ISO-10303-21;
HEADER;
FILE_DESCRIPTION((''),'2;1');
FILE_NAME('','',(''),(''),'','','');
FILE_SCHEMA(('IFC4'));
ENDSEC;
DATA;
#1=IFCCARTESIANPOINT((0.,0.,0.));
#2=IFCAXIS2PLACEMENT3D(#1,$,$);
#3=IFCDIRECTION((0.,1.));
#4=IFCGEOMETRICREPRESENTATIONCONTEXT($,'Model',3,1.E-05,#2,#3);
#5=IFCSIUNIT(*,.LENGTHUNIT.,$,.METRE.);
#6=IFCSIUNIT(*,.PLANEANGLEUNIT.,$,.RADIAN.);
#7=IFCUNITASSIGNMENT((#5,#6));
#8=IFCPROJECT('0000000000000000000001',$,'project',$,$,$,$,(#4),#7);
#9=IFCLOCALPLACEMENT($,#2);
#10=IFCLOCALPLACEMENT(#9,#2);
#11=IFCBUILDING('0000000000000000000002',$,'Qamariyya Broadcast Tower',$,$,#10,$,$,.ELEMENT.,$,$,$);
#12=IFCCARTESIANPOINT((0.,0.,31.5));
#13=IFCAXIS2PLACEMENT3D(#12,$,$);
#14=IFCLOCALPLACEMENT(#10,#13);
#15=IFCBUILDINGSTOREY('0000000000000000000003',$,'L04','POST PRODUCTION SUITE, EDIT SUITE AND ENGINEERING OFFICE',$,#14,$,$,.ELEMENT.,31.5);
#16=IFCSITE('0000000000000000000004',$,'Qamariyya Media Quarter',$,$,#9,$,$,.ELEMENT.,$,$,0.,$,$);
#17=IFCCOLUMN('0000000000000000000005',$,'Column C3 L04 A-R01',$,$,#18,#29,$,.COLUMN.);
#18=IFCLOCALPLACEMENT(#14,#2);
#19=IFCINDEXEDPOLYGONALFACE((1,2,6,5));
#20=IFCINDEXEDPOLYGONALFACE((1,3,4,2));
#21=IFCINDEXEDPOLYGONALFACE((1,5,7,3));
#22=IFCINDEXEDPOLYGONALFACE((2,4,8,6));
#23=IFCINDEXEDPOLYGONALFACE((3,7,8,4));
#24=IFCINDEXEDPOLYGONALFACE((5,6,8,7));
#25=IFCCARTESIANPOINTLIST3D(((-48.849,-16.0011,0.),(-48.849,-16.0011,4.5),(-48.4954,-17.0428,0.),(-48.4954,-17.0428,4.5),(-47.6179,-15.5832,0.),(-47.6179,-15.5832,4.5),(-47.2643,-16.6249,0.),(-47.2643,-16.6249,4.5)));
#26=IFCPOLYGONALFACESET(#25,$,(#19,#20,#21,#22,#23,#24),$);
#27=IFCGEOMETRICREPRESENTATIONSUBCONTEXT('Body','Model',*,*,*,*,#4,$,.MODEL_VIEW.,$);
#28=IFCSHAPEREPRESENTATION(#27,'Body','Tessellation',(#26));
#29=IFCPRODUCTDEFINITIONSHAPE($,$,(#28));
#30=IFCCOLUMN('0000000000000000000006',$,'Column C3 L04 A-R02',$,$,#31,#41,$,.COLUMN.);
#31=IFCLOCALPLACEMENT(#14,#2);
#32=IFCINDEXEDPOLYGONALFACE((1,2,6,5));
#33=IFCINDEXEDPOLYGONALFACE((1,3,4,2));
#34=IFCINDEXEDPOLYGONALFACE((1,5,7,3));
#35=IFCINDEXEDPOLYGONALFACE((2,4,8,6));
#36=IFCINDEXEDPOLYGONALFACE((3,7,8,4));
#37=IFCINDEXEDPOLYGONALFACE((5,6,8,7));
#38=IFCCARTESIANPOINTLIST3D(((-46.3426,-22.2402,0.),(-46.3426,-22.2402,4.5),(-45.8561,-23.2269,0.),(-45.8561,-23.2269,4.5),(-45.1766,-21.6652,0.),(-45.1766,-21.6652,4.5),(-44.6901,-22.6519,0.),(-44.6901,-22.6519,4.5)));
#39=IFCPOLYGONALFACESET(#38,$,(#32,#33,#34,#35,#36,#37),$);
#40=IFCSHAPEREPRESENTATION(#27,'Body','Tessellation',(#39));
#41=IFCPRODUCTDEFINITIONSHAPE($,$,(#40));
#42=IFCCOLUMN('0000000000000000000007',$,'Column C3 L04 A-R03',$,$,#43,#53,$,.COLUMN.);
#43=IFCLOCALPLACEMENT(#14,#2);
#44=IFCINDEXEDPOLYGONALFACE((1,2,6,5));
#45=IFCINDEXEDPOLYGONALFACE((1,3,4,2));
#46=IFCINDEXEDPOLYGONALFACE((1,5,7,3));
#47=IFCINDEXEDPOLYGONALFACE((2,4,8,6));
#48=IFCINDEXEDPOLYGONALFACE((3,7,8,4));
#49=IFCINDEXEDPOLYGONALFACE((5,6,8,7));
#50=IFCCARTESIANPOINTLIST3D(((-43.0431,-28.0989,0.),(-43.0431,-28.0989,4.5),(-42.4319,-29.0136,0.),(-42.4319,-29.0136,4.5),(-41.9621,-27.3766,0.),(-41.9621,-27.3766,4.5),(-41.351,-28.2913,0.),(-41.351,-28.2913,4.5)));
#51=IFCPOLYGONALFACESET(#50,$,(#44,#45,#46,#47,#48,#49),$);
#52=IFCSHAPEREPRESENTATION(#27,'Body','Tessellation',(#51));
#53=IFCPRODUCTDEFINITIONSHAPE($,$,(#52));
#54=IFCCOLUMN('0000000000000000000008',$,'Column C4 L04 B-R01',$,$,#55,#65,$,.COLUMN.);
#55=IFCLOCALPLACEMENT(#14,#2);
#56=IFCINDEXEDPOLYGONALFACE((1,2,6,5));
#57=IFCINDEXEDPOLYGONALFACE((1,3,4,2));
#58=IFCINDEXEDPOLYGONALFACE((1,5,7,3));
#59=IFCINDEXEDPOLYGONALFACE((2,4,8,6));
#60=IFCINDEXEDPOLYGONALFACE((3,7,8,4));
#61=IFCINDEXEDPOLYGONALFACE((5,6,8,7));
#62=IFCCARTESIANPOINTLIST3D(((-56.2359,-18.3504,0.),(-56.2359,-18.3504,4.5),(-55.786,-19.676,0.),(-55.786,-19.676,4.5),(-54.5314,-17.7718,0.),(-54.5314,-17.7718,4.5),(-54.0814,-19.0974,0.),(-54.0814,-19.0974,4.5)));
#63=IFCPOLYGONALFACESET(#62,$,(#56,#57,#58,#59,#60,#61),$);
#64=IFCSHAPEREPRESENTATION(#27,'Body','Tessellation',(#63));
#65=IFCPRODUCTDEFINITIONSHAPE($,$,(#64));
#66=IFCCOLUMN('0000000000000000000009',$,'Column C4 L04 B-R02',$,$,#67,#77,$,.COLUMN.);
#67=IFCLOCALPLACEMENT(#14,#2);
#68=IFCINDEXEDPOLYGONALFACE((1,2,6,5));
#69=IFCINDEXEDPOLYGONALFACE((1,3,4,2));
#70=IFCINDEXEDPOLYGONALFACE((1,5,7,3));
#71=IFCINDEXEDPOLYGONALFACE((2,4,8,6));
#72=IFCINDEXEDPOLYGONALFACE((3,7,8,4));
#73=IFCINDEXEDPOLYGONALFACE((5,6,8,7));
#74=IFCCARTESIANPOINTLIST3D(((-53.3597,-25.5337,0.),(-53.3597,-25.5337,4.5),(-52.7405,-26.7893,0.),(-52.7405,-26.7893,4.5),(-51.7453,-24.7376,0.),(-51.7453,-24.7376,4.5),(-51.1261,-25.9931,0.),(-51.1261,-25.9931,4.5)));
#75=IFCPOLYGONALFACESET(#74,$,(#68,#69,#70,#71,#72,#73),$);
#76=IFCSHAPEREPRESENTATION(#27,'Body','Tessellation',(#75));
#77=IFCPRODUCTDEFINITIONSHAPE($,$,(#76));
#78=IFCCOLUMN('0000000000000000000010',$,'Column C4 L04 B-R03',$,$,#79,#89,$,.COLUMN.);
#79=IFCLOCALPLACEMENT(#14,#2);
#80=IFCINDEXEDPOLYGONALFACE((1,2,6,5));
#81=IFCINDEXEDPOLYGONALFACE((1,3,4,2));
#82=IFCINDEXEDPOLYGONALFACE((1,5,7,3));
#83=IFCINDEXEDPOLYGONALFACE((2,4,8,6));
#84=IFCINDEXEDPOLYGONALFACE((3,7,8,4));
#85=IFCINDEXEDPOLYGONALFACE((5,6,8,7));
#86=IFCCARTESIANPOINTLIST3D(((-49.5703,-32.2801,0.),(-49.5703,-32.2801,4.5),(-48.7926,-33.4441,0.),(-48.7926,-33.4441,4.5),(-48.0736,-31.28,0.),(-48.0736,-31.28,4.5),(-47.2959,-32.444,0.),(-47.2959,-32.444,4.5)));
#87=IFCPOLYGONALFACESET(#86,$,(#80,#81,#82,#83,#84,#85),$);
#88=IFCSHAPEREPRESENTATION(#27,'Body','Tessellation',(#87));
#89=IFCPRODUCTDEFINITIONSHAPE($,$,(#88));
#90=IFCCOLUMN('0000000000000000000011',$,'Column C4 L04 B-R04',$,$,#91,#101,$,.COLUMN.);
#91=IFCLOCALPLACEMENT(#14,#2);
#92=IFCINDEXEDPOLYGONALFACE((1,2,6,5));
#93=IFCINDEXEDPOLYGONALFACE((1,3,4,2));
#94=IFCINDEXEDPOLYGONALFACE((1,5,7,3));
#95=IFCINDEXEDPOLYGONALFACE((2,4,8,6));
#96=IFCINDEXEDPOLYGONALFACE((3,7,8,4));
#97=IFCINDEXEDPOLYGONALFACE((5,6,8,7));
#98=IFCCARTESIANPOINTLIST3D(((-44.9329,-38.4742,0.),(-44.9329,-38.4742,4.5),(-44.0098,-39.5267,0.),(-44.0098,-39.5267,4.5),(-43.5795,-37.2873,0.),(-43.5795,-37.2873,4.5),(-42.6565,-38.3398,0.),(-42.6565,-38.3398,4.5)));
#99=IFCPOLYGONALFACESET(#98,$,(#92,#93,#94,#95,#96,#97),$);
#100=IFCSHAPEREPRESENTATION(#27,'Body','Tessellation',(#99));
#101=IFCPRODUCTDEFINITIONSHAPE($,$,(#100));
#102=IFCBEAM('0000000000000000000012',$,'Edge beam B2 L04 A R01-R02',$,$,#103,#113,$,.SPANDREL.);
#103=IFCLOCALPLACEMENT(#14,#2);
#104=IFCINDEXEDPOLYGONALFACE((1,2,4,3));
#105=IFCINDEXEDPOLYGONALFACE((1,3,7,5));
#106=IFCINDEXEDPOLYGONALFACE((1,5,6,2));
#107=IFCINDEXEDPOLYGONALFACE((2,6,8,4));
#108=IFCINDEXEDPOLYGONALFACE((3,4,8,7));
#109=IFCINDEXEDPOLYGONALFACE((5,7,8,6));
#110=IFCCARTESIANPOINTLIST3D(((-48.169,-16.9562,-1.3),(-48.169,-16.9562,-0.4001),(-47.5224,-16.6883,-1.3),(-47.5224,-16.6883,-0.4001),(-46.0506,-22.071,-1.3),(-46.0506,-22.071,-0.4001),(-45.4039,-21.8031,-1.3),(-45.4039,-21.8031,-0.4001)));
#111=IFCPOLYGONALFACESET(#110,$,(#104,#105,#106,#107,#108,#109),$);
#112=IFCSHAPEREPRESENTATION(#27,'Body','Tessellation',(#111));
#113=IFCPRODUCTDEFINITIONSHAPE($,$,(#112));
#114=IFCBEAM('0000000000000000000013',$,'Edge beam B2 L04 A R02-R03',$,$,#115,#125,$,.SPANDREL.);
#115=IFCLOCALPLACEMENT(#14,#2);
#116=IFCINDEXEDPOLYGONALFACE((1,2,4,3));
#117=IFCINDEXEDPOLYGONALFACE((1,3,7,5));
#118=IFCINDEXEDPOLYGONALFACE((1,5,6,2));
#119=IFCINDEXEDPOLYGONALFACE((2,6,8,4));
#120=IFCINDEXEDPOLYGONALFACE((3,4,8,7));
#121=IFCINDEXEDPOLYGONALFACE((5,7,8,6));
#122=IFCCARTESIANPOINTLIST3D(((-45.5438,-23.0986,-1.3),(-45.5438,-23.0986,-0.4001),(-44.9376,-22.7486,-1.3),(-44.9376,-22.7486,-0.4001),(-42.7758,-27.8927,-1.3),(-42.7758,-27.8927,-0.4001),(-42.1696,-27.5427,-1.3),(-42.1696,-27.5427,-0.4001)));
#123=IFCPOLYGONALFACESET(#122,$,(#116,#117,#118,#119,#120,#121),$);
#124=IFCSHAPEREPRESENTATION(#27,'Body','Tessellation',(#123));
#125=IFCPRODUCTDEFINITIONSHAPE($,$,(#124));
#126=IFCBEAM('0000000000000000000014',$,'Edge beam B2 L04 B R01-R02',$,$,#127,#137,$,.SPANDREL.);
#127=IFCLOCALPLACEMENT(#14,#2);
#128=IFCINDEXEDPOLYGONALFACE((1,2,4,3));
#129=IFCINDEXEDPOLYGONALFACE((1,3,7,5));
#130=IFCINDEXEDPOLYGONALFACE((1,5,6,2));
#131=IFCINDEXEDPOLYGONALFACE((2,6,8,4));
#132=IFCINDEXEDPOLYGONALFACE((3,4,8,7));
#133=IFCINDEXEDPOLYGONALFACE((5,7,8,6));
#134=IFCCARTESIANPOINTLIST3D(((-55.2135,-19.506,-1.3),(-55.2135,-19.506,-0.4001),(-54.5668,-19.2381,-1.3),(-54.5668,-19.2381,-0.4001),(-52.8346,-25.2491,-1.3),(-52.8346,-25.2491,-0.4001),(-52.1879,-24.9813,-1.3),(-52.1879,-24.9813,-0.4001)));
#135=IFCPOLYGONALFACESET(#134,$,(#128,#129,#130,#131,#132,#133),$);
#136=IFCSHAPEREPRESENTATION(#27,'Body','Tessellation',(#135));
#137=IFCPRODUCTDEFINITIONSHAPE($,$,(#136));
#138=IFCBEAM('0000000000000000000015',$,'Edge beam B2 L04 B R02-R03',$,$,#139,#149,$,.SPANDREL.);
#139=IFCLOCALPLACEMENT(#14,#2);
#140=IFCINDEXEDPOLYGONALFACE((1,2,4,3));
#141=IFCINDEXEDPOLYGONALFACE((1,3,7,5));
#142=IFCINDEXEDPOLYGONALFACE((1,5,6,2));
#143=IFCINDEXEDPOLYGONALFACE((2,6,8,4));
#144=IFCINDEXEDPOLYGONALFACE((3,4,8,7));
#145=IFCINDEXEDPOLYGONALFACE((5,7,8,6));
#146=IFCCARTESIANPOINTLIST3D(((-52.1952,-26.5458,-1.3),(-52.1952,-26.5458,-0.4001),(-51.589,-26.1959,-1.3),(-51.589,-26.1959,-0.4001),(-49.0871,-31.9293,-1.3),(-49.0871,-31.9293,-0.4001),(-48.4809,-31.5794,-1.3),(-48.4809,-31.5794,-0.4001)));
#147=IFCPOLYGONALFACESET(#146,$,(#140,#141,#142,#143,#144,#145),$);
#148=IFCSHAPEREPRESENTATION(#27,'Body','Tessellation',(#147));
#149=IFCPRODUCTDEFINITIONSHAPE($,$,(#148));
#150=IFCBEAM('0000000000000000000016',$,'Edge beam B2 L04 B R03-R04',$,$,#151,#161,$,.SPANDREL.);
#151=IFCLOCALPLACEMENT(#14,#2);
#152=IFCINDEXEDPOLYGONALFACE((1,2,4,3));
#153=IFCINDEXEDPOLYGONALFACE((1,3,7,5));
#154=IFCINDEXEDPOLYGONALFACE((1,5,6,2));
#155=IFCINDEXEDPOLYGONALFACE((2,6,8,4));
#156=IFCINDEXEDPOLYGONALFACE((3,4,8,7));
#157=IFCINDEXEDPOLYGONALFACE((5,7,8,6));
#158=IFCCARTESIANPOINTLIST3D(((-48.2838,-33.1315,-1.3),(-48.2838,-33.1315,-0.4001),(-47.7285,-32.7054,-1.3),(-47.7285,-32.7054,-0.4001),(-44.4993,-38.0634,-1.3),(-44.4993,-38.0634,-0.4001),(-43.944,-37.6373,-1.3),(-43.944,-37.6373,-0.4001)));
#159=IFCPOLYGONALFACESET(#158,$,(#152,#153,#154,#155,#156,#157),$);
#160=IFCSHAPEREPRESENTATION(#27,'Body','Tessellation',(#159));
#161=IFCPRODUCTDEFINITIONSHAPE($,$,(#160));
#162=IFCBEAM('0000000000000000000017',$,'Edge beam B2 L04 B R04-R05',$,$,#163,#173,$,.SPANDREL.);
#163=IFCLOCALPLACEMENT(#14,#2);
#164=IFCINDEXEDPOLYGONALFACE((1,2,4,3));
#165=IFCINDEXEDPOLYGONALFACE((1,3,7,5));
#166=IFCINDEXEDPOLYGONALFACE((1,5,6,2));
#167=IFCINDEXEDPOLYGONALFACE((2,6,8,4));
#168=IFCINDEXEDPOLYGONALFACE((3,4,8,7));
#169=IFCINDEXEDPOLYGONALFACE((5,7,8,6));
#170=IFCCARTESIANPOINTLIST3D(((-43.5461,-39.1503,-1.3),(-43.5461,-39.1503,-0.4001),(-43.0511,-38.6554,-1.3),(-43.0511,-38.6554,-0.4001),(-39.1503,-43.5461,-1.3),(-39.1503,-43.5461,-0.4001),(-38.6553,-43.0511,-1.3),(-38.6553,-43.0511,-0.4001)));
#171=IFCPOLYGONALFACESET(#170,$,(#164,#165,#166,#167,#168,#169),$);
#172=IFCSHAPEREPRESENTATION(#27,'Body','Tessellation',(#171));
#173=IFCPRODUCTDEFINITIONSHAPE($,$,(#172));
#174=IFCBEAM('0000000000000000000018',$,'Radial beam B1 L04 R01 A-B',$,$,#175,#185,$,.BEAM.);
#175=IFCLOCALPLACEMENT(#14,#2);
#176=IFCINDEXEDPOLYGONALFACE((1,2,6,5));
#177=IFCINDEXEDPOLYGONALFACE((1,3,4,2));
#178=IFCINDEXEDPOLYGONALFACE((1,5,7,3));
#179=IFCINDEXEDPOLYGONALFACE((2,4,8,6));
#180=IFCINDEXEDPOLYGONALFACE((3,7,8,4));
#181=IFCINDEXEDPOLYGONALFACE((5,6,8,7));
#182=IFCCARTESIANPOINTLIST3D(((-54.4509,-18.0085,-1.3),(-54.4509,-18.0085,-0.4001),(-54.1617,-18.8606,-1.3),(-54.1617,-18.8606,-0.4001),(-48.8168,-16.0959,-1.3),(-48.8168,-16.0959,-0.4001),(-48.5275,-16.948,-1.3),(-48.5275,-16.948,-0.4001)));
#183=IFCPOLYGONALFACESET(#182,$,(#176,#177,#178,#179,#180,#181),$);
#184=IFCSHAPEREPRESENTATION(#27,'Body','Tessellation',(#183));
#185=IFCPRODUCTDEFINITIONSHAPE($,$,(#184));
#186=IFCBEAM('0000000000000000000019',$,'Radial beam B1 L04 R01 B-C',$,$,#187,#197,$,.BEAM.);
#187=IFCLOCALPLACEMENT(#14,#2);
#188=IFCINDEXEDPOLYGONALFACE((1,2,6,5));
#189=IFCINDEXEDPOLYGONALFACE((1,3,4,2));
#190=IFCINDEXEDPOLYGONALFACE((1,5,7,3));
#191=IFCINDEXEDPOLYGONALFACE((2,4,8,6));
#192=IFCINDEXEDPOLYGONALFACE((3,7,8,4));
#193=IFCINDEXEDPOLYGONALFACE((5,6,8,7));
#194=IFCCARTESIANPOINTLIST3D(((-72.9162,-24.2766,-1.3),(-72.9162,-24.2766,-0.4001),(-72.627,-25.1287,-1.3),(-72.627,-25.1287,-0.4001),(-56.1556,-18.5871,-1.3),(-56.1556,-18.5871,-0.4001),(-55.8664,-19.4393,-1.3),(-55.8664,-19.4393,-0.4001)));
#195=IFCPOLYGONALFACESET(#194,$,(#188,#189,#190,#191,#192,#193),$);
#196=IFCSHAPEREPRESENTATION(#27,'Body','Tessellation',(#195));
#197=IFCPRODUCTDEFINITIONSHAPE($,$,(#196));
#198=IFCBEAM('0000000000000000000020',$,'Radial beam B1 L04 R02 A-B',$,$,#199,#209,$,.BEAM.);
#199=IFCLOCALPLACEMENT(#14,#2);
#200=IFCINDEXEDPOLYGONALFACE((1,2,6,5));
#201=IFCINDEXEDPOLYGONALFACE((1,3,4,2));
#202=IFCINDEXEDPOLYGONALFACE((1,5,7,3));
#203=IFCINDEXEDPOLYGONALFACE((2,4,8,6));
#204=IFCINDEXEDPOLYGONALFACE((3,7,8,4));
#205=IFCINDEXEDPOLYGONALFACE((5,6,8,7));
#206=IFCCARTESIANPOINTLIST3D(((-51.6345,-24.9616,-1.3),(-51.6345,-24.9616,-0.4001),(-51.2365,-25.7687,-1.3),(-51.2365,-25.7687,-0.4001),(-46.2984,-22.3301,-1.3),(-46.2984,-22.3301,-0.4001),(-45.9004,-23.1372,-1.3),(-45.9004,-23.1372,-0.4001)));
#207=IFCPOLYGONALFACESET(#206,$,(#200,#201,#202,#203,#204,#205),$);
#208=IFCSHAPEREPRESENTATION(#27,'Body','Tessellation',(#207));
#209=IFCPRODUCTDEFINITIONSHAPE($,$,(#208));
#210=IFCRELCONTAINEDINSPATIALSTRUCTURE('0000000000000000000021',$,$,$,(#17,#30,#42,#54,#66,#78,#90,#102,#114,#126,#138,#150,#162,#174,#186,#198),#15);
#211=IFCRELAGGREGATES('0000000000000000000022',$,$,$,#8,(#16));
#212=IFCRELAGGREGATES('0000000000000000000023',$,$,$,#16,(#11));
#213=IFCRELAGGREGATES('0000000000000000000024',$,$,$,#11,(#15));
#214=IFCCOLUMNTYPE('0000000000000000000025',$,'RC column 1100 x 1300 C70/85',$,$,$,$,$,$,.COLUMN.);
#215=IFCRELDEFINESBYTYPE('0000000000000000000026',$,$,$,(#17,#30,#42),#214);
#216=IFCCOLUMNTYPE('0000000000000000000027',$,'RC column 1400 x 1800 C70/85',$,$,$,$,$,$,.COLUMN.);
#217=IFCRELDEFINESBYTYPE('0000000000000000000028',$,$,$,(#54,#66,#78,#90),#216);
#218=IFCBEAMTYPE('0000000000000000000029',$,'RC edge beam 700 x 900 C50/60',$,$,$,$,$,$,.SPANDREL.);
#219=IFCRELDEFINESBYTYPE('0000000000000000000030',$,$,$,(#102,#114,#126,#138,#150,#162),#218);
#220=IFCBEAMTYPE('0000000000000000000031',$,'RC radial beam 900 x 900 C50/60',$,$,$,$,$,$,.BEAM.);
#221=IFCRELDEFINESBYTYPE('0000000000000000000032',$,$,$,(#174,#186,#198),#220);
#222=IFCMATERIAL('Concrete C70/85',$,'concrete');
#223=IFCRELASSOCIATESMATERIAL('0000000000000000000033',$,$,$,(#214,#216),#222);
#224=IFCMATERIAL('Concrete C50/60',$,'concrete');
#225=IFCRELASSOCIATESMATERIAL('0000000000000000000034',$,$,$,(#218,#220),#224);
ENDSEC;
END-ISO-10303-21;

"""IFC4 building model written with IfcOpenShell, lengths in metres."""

from ifc_helpers import new_model, si_unit, direction, frame, origin, origin_2d, place, context, subcontext, project, spatial, rectangle, extrude, material, material_profile, profile_set, type_object, element, save


model = new_model("IFC4")

# Units and contexts
model_context = context("Model", 3, precision=1e-05, world=origin(), true_north=direction((0.0, 1.0)))
body_context = subcontext(model_context, "Body", "Model", "MODEL_VIEW")
ifc_project = project(units=[si_unit("LENGTHUNIT", "METRE"), si_unit("PLANEANGLEUNIT", "RADIAN")], contexts=[model_context])

# Site, building, storey
site_placement = place(None, origin())
site = spatial("IfcSite", under=ifc_project, at=site_placement, Name="Qamariyya Media Quarter", CompositionType="ELEMENT", RefElevation=0.0)
building_placement = place(site_placement, origin())
building = spatial("IfcBuilding", under=site, at=building_placement, Name="Qamariyya Broadcast Tower", CompositionType="ELEMENT")
storey_placement = place(building_placement, frame((0.0, 0.0, 31.5)))
storey = spatial("IfcBuildingStorey", under=building, at=storey_placement, Name="L04", Description="POST PRODUCTION SUITE, EDIT SUITE AND ENGINEERING OFFICE", CompositionType="ELEMENT", Elevation=31.5)

# Columns
ifc_material_1 = material(Name="Concrete C70/85", Category="concrete")
ifc_material_profile_1 = material_profile(ifc_material_1, rectangle(XDim=1.1001, YDim=1.3, at=origin_2d()))
ifc_profile_set_1 = profile_set([ifc_material_profile_1], Name="Concrete C70/85")
column_type_1 = type_object("IfcColumnType", Name="RC column 1100 x 1300 C70/85", PredefinedType="COLUMN", material=ifc_profile_set_1)
for number, where, z_axis, x_axis, name in (
    (1, (-48.0566, -16.313, 0.0), (0.0, 0.0, 1.0), (0.321439, -0.94693, 0.0), "Column C3 L04 A-R01"),
    (2, (-45.5164, -22.446, 0.0), (0.0, 0.0, 1.0), (0.442289, -0.896873, 0.0), "Column C3 L04 A-R02"),
    (3, (-42.197, -28.1951, 0.0), (0.0, 0.0, 1.0), (0.55557, -0.83147, 0.0), "Column C3 L04 A-R03"),
):
    element("IfcColumn", number, at=place(storey_placement, frame(where, z_axis=z_axis, x_axis=x_axis)), inside=storey, type_object=column_type_1, Name=name, PredefinedType="COLUMN", context=body_context, shape_type="SweptSolid", body=[
        extrude(rectangle(XDim=1.1001, YDim=1.3, at=origin_2d()), origin(), (0.0, 0.0, 1.0), 4.5),
    ])
ifc_material_profile_2 = material_profile(ifc_material_1, rectangle(XDim=1.3999, YDim=1.8, at=origin_2d()))
ifc_profile_set_2 = profile_set([ifc_material_profile_2], Name="Concrete C70/85")
column_type_2 = type_object("IfcColumnType", Name="RC column 1400 x 1800 C70/85", PredefinedType="COLUMN", material=ifc_profile_set_2)
for number, where, z_axis, x_axis, name in (
    (4, (-55.1587, -18.7239, 0.0), (0.0, 0.0, 1.0), (0.321439, -0.94693, 0.0), "Column C4 L04 B-R01"),
    (5, (-52.2429, -25.7634, 0.0), (0.0, 0.0, 1.0), (0.442289, -0.896873, 0.0), "Column C4 L04 B-R02"),
    (6, (-48.4331, -32.3621, 0.0), (0.0, 0.0, 1.0), (0.55557, -0.83147, 0.0), "Column C4 L04 B-R03"),
    (7, (-43.7947, -38.407, 0.0), (0.0, 0.0, 1.0), (0.659346, -0.75184, 0.0), "Column C4 L04 B-R04"),
):
    element("IfcColumn", number, at=place(storey_placement, frame(where, z_axis=z_axis, x_axis=x_axis)), inside=storey, type_object=column_type_2, Name=name, PredefinedType="COLUMN", context=body_context, shape_type="SweptSolid", body=[
        extrude(rectangle(XDim=1.3999, YDim=1.8, at=origin_2d()), origin(), (0.0, 0.0, 1.0), 4.5),
    ])

# Beams
ifc_material_2 = material(Name="Concrete C50/60", Category="concrete")
ifc_material_profile_3 = material_profile(ifc_material_2, rectangle(XDim=0.7, YDim=0.8999, at=origin_2d()))
ifc_profile_set_3 = profile_set([ifc_material_profile_3], Name="Concrete C50/60")
beam_type_1 = type_object("IfcBeamType", Name="RC edge beam 700 x 900 C50/60", PredefinedType="SPANDREL", material=ifc_profile_set_3)
beam_1_placement = place(storey_placement, frame((-47.8457, -16.8223, -0.8501), z_axis=(0.382654, -0.923892, 0.0), x_axis=(0.923892, 0.382654, 0.0)))
element("IfcBeam", 8, at=beam_1_placement, inside=storey, type_object=beam_type_1, Name="Edge beam B2 L04 A R01-R02", PredefinedType="SPANDREL", context=body_context, shape_type="SweptSolid", body=[
    extrude(rectangle(XDim=0.7, YDim=0.8999, at=origin_2d()), origin(), (0.0, 0.0, 1.0), 5.5361),
])
beam_2_placement = place(storey_placement, frame((-45.2407, -22.9236, -0.8501), z_axis=(0.500019, -0.866014, 0.0), x_axis=(0.866014, 0.500019, 0.0)))
element("IfcBeam", 9, at=beam_2_placement, inside=storey, type_object=beam_type_1, Name="Edge beam B2 L04 A R02-R03", PredefinedType="SPANDREL", context=body_context, shape_type="SweptSolid", body=[
    extrude(rectangle(XDim=0.7, YDim=0.8999, at=origin_2d()), origin(), (0.0, 0.0, 1.0), 5.5359),
])
for number, where, z_axis, x_axis, name in (
    (10, (-54.8901, -19.3721, -0.8501), (0.382685, -0.923879, 0.0), (0.923879, 0.382685, 0.0), "Edge beam B2 L04 B R01-R02"),
    (11, (-51.8921, -26.3708, -0.8501), (0.499996, -0.866028, 0.0), (0.866028, 0.499996, 0.0), "Edge beam B2 L04 B R02-R03"),
):
    element("IfcBeam", number, at=place(storey_placement, frame(where, z_axis=z_axis, x_axis=x_axis)), inside=storey, type_object=beam_type_1, Name=name, PredefinedType="SPANDREL", context=body_context, shape_type="SweptSolid", body=[
        extrude(rectangle(XDim=0.7, YDim=0.8999, at=origin_2d()), origin(), (0.0, 0.0, 1.0), 6.2163),
    ])
for number, where, z_axis, x_axis, name in (
    (12, (-48.0061, -32.9185, -0.8501), (0.608767, -0.793349, 0.0), (0.793349, 0.608767, 0.0), "Edge beam B2 L04 B R03-R04"),
    (13, (-43.2986, -38.9028, -0.8501), (0.707107, -0.707107, 0.0), (0.707107, 0.707107, 0.0), "Edge beam B2 L04 B R04-R05"),
):
    element("IfcBeam", number, at=place(storey_placement, frame(where, z_axis=z_axis, x_axis=x_axis)), inside=storey, type_object=beam_type_1, Name=name, PredefinedType="SPANDREL", context=body_context, shape_type="SweptSolid", body=[
        extrude(rectangle(XDim=0.7, YDim=0.8999, at=origin_2d()), origin(), (0.0, 0.0, 1.0), 6.2166),
    ])
ifc_material_profile_4 = material_profile(ifc_material_2, rectangle(XDim=0.8999, YDim=0.8999, at=origin_2d()))
ifc_profile_set_4 = profile_set([ifc_material_profile_4], Name="Concrete C50/60")
beam_type_2 = type_object("IfcBeamType", Name="RC radial beam 900 x 900 C50/60", PredefinedType="BEAM", material=ifc_profile_set_4)
beam_3_placement = place(storey_placement, frame((-48.6721, -16.522, -0.8501), z_axis=(-0.946929, -0.321442, 0.0), x_axis=(0.321442, -0.946929, 0.0)))
element("IfcBeam", 14, at=beam_3_placement, inside=storey, type_object=beam_type_2, Name="Radial beam B1 L04 R01 A-B", PredefinedType="BEAM", context=body_context, shape_type="SweptSolid", body=[
    extrude(rectangle(XDim=0.8999, YDim=0.8999, at=origin_2d()), origin(), (0.0, 0.0, 1.0), 5.95),
])
beam_4_placement = place(storey_placement, frame((-56.011, -19.0132, -0.8501), z_axis=(-0.94693, -0.321441, 0.0), x_axis=(0.321441, -0.94693, 0.0)))
element("IfcBeam", 15, at=beam_4_placement, inside=storey, type_object=beam_type_2, Name="Radial beam B1 L04 R01 B-C", PredefinedType="BEAM", context=body_context, shape_type="SweptSolid", body=[
    extrude(rectangle(XDim=0.8999, YDim=0.8999, at=origin_2d()), origin(), (0.0, 0.0, 1.0), 17.7),
])
beam_5_placement = place(storey_placement, frame((-46.0994, -22.7336, -0.8501), z_axis=(-0.896868, -0.442299, 0.0), x_axis=(0.442299, -0.896868, 0.0)))
element("IfcBeam", 16, at=beam_5_placement, inside=storey, type_object=beam_type_2, Name="Radial beam B1 L04 R02 A-B", PredefinedType="BEAM", context=body_context, shape_type="SweptSolid", body=[
    extrude(rectangle(XDim=0.8999, YDim=0.8999, at=origin_2d()), origin(), (0.0, 0.0, 1.0), 5.9497),
])

save(model, "model.ifc")
